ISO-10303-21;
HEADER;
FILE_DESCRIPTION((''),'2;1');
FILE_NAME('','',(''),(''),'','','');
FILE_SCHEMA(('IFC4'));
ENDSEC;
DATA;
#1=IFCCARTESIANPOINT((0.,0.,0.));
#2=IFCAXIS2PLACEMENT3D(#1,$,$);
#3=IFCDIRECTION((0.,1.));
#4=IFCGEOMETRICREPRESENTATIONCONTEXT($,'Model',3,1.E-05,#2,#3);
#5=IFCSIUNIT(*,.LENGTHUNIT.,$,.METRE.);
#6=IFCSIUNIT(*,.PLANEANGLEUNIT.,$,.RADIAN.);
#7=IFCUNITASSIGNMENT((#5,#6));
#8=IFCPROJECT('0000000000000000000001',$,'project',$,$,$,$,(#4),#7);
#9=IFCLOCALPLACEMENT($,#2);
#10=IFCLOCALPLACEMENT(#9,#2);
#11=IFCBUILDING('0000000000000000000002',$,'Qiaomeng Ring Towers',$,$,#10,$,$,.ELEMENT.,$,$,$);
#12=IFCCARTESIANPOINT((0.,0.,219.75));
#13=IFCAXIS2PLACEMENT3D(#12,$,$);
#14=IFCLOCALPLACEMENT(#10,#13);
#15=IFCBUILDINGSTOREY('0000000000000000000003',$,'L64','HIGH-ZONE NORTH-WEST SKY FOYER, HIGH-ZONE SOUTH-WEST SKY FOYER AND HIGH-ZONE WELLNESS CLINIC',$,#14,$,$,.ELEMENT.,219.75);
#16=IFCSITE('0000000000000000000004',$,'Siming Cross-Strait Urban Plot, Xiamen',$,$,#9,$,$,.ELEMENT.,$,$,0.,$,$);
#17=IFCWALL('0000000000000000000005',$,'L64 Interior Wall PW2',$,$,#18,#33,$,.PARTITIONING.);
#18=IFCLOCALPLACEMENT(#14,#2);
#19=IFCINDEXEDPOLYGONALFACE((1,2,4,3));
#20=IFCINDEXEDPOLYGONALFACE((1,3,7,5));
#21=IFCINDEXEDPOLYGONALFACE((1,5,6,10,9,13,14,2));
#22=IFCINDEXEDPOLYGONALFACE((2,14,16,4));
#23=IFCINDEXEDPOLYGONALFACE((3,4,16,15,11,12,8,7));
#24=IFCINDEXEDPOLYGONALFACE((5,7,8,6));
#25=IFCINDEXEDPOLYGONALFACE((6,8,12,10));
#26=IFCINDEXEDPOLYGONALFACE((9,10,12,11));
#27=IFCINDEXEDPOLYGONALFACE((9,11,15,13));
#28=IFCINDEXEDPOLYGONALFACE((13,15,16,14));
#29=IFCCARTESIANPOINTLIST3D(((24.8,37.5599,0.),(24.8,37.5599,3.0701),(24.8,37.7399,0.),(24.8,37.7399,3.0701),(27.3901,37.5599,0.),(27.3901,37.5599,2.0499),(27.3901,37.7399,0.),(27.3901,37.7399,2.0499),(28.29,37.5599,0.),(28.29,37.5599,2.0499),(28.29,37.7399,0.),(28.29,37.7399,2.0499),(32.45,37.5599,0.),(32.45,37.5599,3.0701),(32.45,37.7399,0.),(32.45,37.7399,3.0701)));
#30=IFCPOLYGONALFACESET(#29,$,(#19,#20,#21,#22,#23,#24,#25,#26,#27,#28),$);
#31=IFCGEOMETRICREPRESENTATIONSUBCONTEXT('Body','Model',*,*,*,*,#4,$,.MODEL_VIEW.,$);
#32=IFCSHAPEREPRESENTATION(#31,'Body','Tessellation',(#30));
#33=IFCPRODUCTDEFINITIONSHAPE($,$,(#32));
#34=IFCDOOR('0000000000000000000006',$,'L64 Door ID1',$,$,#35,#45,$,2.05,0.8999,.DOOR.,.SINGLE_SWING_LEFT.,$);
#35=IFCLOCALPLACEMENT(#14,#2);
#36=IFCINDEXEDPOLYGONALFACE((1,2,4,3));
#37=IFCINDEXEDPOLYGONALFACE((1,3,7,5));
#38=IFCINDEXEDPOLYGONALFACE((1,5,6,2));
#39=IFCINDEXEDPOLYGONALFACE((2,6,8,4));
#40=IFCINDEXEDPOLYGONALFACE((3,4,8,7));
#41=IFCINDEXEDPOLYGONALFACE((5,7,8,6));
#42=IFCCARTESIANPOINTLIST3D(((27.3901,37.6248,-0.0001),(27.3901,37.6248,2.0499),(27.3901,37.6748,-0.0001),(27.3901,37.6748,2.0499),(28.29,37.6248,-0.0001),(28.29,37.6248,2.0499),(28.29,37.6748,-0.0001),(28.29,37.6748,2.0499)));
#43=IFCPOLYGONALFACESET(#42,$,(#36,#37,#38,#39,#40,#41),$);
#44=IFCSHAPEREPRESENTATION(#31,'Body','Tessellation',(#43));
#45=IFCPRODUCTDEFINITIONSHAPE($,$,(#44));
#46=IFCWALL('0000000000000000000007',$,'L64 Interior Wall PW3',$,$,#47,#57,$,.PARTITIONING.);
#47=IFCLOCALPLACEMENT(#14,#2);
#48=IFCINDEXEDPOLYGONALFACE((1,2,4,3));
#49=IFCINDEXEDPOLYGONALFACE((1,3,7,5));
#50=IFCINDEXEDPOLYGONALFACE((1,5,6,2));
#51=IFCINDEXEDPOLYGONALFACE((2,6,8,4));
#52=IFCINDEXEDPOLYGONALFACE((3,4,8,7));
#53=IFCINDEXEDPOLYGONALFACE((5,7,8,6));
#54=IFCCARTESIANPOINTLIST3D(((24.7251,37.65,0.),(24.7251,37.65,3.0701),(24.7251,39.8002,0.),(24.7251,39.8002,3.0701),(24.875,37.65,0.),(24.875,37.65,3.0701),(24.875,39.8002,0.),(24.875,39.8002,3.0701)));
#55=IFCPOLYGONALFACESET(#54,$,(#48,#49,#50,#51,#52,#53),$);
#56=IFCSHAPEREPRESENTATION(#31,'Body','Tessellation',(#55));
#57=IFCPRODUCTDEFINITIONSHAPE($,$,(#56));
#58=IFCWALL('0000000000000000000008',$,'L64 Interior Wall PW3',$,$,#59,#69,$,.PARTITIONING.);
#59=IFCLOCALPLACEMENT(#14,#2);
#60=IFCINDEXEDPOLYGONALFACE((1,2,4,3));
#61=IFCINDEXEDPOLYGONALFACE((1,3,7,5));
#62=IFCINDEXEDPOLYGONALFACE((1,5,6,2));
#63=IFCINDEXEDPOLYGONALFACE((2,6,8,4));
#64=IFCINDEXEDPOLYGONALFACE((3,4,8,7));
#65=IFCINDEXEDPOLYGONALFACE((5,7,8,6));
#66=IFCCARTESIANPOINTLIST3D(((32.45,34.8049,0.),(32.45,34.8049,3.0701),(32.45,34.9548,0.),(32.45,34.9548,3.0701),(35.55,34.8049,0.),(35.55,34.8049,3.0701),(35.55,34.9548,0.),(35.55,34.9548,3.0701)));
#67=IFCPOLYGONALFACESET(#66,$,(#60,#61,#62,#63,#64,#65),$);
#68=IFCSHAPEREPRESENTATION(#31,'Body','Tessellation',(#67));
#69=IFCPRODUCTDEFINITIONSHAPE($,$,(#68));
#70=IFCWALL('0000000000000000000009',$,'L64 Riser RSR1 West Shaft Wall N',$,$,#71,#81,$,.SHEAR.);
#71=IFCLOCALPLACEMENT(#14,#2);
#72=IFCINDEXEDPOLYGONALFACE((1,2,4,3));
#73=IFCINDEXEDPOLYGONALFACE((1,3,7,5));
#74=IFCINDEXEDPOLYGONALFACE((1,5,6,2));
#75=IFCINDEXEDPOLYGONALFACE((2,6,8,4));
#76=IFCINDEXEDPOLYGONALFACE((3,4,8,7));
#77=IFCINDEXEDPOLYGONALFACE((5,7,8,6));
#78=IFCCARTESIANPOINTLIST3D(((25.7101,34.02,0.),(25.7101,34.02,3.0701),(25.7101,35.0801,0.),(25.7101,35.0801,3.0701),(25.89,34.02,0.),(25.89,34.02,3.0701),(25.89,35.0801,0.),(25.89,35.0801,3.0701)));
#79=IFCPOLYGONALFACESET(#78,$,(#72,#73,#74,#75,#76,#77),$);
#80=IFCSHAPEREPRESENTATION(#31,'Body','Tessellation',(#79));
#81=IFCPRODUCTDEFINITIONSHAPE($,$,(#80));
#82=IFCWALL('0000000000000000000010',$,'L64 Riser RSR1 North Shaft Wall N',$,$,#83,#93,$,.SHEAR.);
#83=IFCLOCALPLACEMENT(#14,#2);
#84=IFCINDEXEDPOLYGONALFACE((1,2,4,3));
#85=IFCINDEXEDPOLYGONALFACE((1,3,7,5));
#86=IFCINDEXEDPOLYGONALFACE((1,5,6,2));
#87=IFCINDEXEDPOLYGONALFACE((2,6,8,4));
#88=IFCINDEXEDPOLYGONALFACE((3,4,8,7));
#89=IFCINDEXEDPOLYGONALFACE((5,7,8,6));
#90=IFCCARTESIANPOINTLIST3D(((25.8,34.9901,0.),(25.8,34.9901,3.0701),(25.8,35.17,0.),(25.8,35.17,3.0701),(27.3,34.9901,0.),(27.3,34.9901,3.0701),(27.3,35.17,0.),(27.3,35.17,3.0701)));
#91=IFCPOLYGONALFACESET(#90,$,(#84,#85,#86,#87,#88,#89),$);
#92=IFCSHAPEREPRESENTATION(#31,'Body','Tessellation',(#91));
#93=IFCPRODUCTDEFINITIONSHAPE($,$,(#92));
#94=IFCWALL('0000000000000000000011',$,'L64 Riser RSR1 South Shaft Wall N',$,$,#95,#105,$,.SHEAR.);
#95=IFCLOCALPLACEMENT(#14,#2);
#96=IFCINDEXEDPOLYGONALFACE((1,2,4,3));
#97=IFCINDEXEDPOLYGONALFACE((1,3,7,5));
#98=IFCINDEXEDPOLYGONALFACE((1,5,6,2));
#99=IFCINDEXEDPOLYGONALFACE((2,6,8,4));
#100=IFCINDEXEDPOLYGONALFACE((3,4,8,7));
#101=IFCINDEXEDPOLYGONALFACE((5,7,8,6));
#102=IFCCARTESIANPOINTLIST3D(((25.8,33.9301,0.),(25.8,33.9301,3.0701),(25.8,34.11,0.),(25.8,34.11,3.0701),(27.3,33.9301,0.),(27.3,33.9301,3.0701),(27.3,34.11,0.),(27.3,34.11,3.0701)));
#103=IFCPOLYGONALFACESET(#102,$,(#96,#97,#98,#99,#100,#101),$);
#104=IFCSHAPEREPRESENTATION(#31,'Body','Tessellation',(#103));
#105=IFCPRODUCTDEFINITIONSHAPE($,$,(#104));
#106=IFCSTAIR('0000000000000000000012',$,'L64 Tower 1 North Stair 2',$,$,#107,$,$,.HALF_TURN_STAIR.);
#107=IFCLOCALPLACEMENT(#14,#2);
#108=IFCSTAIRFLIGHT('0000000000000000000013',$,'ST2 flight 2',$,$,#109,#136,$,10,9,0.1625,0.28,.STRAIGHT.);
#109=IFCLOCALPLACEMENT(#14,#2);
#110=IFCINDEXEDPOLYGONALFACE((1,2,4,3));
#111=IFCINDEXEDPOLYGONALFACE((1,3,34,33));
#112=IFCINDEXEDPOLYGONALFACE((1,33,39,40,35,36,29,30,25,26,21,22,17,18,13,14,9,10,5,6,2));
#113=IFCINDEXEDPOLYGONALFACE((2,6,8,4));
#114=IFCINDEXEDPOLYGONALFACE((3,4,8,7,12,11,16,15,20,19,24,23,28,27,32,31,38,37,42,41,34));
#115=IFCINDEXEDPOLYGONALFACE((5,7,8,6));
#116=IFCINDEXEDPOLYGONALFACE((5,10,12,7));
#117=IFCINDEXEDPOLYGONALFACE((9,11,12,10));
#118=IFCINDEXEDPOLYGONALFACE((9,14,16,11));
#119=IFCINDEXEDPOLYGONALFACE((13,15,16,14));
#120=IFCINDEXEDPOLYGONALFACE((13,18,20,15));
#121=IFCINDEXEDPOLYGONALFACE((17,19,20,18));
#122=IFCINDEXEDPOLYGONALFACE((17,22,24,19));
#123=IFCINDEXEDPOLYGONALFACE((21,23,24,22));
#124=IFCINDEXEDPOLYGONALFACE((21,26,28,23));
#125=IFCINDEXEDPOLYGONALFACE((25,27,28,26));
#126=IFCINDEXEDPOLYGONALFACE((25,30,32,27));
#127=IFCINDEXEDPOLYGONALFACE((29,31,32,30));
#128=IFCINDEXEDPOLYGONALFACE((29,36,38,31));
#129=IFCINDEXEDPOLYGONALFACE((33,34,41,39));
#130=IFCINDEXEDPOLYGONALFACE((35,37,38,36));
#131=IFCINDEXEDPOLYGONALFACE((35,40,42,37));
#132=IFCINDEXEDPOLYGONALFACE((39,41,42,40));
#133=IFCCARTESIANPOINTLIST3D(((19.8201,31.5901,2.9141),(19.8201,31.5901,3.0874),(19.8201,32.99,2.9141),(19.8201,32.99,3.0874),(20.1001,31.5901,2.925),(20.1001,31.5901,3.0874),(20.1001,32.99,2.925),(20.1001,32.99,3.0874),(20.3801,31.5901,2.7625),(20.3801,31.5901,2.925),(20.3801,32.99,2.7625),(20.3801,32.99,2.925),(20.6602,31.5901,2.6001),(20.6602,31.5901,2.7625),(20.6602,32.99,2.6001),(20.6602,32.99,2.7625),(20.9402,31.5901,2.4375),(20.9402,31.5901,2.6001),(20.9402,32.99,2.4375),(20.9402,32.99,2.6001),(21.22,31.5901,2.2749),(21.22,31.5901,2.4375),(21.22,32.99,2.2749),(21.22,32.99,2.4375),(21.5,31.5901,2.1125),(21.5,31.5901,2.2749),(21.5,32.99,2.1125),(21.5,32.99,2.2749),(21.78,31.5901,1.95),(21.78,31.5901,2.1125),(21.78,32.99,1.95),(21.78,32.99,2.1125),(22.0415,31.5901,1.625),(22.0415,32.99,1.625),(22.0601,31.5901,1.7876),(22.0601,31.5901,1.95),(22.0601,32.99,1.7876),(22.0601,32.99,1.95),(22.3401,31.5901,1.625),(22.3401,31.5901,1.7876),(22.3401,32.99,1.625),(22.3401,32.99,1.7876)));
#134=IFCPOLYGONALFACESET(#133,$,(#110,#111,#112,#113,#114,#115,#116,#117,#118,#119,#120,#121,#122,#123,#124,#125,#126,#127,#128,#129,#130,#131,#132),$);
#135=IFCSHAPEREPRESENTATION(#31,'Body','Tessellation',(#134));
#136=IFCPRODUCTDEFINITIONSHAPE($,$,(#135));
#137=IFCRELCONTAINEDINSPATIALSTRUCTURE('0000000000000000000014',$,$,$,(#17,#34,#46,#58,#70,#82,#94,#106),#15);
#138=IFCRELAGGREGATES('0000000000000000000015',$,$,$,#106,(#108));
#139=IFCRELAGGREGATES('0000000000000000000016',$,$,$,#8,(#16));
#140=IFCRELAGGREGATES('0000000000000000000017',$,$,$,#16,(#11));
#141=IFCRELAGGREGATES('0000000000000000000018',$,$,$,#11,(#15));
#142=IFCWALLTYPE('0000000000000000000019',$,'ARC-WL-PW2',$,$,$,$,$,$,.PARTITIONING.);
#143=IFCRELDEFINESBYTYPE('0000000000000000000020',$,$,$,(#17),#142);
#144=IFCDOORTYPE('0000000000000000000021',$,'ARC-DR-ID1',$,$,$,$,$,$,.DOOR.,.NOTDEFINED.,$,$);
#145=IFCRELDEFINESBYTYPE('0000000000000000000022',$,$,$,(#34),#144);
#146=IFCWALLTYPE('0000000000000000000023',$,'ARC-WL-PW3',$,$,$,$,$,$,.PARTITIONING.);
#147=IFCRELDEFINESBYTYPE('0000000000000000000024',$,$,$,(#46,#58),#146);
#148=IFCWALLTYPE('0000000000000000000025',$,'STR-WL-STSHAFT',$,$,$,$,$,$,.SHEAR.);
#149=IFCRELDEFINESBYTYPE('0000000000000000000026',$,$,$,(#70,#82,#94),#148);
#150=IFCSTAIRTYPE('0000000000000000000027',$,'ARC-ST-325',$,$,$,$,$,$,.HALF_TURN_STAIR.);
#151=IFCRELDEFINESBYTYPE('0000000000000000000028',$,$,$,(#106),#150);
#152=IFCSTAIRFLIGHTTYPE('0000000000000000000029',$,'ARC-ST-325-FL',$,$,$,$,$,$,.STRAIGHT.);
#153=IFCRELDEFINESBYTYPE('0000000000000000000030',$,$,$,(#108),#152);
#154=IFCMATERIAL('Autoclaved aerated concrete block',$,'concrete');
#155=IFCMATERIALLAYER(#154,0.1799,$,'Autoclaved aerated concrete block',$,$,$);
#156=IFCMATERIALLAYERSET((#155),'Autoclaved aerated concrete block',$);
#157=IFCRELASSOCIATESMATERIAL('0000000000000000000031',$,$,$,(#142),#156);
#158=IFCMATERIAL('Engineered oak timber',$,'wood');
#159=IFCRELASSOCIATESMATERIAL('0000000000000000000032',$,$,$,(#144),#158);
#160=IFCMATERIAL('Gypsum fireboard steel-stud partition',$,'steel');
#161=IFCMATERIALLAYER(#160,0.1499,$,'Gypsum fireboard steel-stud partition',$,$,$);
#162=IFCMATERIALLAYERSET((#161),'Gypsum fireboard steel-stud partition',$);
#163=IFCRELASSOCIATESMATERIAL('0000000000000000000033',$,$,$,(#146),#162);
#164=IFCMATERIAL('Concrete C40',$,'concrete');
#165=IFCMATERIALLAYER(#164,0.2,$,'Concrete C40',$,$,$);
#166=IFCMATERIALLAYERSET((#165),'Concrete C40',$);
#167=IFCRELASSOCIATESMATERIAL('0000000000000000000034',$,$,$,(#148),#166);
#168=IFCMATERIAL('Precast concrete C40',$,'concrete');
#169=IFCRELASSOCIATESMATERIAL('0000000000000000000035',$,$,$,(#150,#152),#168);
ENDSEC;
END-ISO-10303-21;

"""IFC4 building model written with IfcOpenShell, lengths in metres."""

from ifc_helpers import new_model, si_unit, direction, frame, frame_2d, origin, place, context, subcontext, project, spatial, polyline, rectangle, outline, extrude, source, transform, mapped, material, layer, layer_set, type_object, element, fill, aggregate, save


model = new_model("IFC4")

# Units and contexts
model_context = context("Model", 3, precision=1e-05, world=origin(), true_north=direction((0.0, 1.0)))
body_context = subcontext(model_context, "Body", "Model", "MODEL_VIEW")
ifc_project = project(units=[si_unit("LENGTHUNIT", "METRE"), si_unit("PLANEANGLEUNIT", "RADIAN")], contexts=[model_context])

# Site, building, storey
site_placement = place(None, origin())
site = spatial("IfcSite", under=ifc_project, at=site_placement, Name="Siming Cross-Strait Urban Plot, Xiamen", CompositionType="ELEMENT", RefElevation=0.0)
building_placement = place(site_placement, origin())
building = spatial("IfcBuilding", under=site, at=building_placement, Name="Qiaomeng Ring Towers", CompositionType="ELEMENT")
storey_placement = place(building_placement, frame((0.0, 0.0, 219.75)))
storey = spatial("IfcBuildingStorey", under=building, at=storey_placement, Name="L64", Description="HIGH-ZONE NORTH-WEST SKY FOYER, HIGH-ZONE SOUTH-WEST SKY FOYER AND HIGH-ZONE WELLNESS CLINIC", CompositionType="ELEMENT", Elevation=219.75)

# Shared definitions
ifc_material_1 = material(Name="Concrete C40", Category="concrete")

# Shared definitions
ifc_material_2 = material(Name="Autoclaved aerated concrete block", Category="concrete")

# Wall, opening, door
ifc_layer_1 = layer(ifc_material_2, 0.1799, Name="Autoclaved aerated concrete block")
ifc_layer_set_1 = layer_set([ifc_layer_1], Name="Autoclaved aerated concrete block")
wall_type_1 = type_object("IfcWallType", Name="ARC-WL-PW2", PredefinedType="PARTITIONING", material=ifc_layer_set_1)
wall_1_placement = place(storey_placement, frame((24.8, 37.6499, 0.0), z_axis=(0.0, 0.0, 1.0), x_axis=(1.0, 0.0, 0.0)))
wall_1 = element("IfcWall", 1, at=wall_1_placement, inside=storey, type_object=wall_type_1, Name="L64 Interior Wall PW2", PredefinedType="PARTITIONING", context=body_context, shape_type="SweptSolid", body=[
    extrude(rectangle(XDim=7.6499, YDim=0.1799, at=frame_2d((3.825, 0.0))), origin(), (0.0, 0.0, 1.0), 3.0701),
])
opening_placement = place(wall_1_placement, frame((2.5901, 0.0, 0.0)))
opening = element("IfcOpeningElement", 2, at=opening_placement, cuts=wall_1, PredefinedType="OPENING", context=body_context, shape_type="SweptSolid", body=[
    extrude(rectangle(XDim=0.8999, YDim=2.05, at=frame_2d((0.45, 1.0249))), frame((0.0, 0.0999, 0.0), z_axis=(0.0, -1.0, 0.0), x_axis=(1.0, 0.0, 0.0)), (0.0, 0.0, 1.0), 0.2),
])
ifc_material_3 = material(Name="Engineered oak timber", Category="wood")
door_type = type_object("IfcDoorType", Name="ARC-DR-ID1", OperationType="NOTDEFINED", PredefinedType="DOOR", material=ifc_material_3)
shared_shape_1 = source(origin(), body_context, "Body", "SweptSolid", [
    extrude(rectangle(XDim=0.8999, YDim=2.05, at=frame_2d((0.45, 1.0249))), frame((0.0, 0.0249, 0.0), z_axis=(0.0, -1.0, 0.0), x_axis=(1.0, 0.0, 0.0)), (0.0, 0.0, 1.0), 0.05),
])
door_placement = place(opening_placement, origin())
door = element("IfcDoor", 3, at=door_placement, inside=storey, type_object=door_type, Name="L64 Door ID1", OperationType="SINGLE_SWING_LEFT", OverallHeight=2.05, OverallWidth=0.8999, PredefinedType="DOOR", context=body_context, shape_type="MappedRepresentation", body=[
    mapped(shared_shape_1, transform((0.0, 0.0, 0.0), x_axis=(1.0, 0.0, 0.0), y_axis=(0.0, 1.0, 0.0), z_axis=(0.0, 0.0, 1.0), scale=1.0)),
])
fill(opening, door)

# Walls
ifc_material_4 = material(Name="Gypsum fireboard steel-stud partition", Category="steel")
ifc_layer_2 = layer(ifc_material_4, 0.1499, Name="Gypsum fireboard steel-stud partition")
ifc_layer_set_2 = layer_set([ifc_layer_2], Name="Gypsum fireboard steel-stud partition")
wall_type_2 = type_object("IfcWallType", Name="ARC-WL-PW3", PredefinedType="PARTITIONING", material=ifc_layer_set_2)
wall_2_placement = place(storey_placement, frame((24.8, 37.6499, 0.0), z_axis=(0.0, 0.0, 1.0), x_axis=(0.0, 1.0, 0.0)))
element("IfcWall", 4, at=wall_2_placement, inside=storey, type_object=wall_type_2, Name="L64 Interior Wall PW3", PredefinedType="PARTITIONING", context=body_context, shape_type="SweptSolid", body=[
    extrude(rectangle(XDim=2.1501, YDim=0.1499, at=frame_2d((1.0752, 0.0))), origin(), (0.0, 0.0, 1.0), 3.0701),
])
wall_3_placement = place(storey_placement, frame((32.45, 34.8799, 0.0), z_axis=(0.0, 0.0, 1.0), x_axis=(1.0, 0.0, 0.0)))
element("IfcWall", 5, at=wall_3_placement, inside=storey, type_object=wall_type_2, Name="L64 Interior Wall PW3", PredefinedType="PARTITIONING", context=body_context, shape_type="SweptSolid", body=[
    extrude(rectangle(XDim=3.1001, YDim=0.1499, at=frame_2d((1.55, 0.0))), origin(), (0.0, 0.0, 1.0), 3.0701),
])
ifc_layer_3 = layer(ifc_material_1, 0.2, Name="Concrete C40")
ifc_layer_set_3 = layer_set([ifc_layer_3], Name="Concrete C40")
wall_type_3 = type_object("IfcWallType", Name="STR-WL-STSHAFT", PredefinedType="SHEAR", material=ifc_layer_set_3)
wall_4_placement = place(storey_placement, frame((25.8, 34.02, 0.0), z_axis=(0.0, 0.0, 1.0), x_axis=(0.0, 1.0, 0.0)))
element("IfcWall", 6, at=wall_4_placement, inside=storey, type_object=wall_type_3, Name="L64 Riser RSR1 West Shaft Wall N", PredefinedType="SHEAR", context=body_context, shape_type="SweptSolid", body=[
    extrude(rectangle(XDim=1.0601, YDim=0.1799, at=frame_2d((0.53, 0.0))), origin(), (0.0, 0.0, 1.0), 3.0701),
])
for number, where, z_axis, x_axis, name in (
    (7, (25.8, 35.0801, 0.0), (0.0, 0.0, 1.0), (1.0, 0.0, 0.0), "L64 Riser RSR1 North Shaft Wall N"),
    (8, (25.8, 34.02, 0.0), (0.0, 0.0, 1.0), (1.0, 0.0, 0.0), "L64 Riser RSR1 South Shaft Wall N"),
):
    element("IfcWall", number, at=place(storey_placement, frame(where, z_axis=z_axis, x_axis=x_axis)), inside=storey, type_object=wall_type_3, Name=name, PredefinedType="SHEAR", context=body_context, shape_type="SweptSolid", body=[
        extrude(rectangle(XDim=1.5, YDim=0.1799, at=frame_2d((0.75, 0.0))), origin(), (0.0, 0.0, 1.0), 3.0701),
    ])

# Stair, stair flight
ifc_material_5 = material(Name="Precast concrete C40", Category="concrete")
stair_type = type_object("IfcStairType", Name="ARC-ST-325", PredefinedType="HALF_TURN_STAIR", material=ifc_material_5)
stair_placement = place(storey_placement, origin())
stair = element("IfcStair", 9, at=stair_placement, inside=storey, type_object=stair_type, Name="L64 Tower 1 North Stair 2", PredefinedType="HALF_TURN_STAIR")
stair_flight_type = type_object("IfcStairFlightType", Name="ARC-ST-325-FL", PredefinedType="STRAIGHT", material=ifc_material_5)
shared_shape_2 = source(origin(), body_context, "Body", "SweptSolid", [
    extrude(outline(polyline([(0.0, 0.0), (0.0, 0.1626), (0.28, 0.1626), (0.28, 0.325), (0.5601, 0.325), (0.5601, 0.4875), (0.8401, 0.4875), (0.8401, 0.6499), (1.1201, 0.6499), (1.1201, 0.8125), (1.3999, 0.8125), (1.3999, 0.9751), (1.6799, 0.9751), (1.6799, 1.1375), (1.96, 1.1375), (1.96, 1.3), (2.24, 1.3), (2.24, 1.4624), (2.52, 1.4624), (2.52, 1.625), (2.52, 1.2891), (0.2986, 0.0), (0.0, 0.0)])), frame((0.0, 0.7, 0.0), z_axis=(0.0, -1.0, 0.0), x_axis=(1.0, 0.0, 0.0)), (0.0, 0.0, 1.0), 1.3999),
])
stair_flight_placement = place(storey_placement, frame((22.3401, 32.29, 1.625), z_axis=(0.0, 0.0, 1.0), x_axis=(-1.0, 0.0, 0.0)))
stair_flight = element("IfcStairFlight", 10, at=stair_flight_placement, type_object=stair_flight_type, Name="ST2 flight 2", NumberOfRisers=10, NumberOfTreads=9, PredefinedType="STRAIGHT", RiserHeight=0.1625, TreadLength=0.28, context=body_context, shape_type="MappedRepresentation", body=[
    mapped(shared_shape_2, transform((0.0, 0.0, 0.0), x_axis=(1.0, 0.0, 0.0), y_axis=(0.0, 1.0, 0.0), z_axis=(0.0, 0.0, 1.0), scale=1.0)),
])
aggregate(stair, [stair_flight])

save(model, "model.ifc")
